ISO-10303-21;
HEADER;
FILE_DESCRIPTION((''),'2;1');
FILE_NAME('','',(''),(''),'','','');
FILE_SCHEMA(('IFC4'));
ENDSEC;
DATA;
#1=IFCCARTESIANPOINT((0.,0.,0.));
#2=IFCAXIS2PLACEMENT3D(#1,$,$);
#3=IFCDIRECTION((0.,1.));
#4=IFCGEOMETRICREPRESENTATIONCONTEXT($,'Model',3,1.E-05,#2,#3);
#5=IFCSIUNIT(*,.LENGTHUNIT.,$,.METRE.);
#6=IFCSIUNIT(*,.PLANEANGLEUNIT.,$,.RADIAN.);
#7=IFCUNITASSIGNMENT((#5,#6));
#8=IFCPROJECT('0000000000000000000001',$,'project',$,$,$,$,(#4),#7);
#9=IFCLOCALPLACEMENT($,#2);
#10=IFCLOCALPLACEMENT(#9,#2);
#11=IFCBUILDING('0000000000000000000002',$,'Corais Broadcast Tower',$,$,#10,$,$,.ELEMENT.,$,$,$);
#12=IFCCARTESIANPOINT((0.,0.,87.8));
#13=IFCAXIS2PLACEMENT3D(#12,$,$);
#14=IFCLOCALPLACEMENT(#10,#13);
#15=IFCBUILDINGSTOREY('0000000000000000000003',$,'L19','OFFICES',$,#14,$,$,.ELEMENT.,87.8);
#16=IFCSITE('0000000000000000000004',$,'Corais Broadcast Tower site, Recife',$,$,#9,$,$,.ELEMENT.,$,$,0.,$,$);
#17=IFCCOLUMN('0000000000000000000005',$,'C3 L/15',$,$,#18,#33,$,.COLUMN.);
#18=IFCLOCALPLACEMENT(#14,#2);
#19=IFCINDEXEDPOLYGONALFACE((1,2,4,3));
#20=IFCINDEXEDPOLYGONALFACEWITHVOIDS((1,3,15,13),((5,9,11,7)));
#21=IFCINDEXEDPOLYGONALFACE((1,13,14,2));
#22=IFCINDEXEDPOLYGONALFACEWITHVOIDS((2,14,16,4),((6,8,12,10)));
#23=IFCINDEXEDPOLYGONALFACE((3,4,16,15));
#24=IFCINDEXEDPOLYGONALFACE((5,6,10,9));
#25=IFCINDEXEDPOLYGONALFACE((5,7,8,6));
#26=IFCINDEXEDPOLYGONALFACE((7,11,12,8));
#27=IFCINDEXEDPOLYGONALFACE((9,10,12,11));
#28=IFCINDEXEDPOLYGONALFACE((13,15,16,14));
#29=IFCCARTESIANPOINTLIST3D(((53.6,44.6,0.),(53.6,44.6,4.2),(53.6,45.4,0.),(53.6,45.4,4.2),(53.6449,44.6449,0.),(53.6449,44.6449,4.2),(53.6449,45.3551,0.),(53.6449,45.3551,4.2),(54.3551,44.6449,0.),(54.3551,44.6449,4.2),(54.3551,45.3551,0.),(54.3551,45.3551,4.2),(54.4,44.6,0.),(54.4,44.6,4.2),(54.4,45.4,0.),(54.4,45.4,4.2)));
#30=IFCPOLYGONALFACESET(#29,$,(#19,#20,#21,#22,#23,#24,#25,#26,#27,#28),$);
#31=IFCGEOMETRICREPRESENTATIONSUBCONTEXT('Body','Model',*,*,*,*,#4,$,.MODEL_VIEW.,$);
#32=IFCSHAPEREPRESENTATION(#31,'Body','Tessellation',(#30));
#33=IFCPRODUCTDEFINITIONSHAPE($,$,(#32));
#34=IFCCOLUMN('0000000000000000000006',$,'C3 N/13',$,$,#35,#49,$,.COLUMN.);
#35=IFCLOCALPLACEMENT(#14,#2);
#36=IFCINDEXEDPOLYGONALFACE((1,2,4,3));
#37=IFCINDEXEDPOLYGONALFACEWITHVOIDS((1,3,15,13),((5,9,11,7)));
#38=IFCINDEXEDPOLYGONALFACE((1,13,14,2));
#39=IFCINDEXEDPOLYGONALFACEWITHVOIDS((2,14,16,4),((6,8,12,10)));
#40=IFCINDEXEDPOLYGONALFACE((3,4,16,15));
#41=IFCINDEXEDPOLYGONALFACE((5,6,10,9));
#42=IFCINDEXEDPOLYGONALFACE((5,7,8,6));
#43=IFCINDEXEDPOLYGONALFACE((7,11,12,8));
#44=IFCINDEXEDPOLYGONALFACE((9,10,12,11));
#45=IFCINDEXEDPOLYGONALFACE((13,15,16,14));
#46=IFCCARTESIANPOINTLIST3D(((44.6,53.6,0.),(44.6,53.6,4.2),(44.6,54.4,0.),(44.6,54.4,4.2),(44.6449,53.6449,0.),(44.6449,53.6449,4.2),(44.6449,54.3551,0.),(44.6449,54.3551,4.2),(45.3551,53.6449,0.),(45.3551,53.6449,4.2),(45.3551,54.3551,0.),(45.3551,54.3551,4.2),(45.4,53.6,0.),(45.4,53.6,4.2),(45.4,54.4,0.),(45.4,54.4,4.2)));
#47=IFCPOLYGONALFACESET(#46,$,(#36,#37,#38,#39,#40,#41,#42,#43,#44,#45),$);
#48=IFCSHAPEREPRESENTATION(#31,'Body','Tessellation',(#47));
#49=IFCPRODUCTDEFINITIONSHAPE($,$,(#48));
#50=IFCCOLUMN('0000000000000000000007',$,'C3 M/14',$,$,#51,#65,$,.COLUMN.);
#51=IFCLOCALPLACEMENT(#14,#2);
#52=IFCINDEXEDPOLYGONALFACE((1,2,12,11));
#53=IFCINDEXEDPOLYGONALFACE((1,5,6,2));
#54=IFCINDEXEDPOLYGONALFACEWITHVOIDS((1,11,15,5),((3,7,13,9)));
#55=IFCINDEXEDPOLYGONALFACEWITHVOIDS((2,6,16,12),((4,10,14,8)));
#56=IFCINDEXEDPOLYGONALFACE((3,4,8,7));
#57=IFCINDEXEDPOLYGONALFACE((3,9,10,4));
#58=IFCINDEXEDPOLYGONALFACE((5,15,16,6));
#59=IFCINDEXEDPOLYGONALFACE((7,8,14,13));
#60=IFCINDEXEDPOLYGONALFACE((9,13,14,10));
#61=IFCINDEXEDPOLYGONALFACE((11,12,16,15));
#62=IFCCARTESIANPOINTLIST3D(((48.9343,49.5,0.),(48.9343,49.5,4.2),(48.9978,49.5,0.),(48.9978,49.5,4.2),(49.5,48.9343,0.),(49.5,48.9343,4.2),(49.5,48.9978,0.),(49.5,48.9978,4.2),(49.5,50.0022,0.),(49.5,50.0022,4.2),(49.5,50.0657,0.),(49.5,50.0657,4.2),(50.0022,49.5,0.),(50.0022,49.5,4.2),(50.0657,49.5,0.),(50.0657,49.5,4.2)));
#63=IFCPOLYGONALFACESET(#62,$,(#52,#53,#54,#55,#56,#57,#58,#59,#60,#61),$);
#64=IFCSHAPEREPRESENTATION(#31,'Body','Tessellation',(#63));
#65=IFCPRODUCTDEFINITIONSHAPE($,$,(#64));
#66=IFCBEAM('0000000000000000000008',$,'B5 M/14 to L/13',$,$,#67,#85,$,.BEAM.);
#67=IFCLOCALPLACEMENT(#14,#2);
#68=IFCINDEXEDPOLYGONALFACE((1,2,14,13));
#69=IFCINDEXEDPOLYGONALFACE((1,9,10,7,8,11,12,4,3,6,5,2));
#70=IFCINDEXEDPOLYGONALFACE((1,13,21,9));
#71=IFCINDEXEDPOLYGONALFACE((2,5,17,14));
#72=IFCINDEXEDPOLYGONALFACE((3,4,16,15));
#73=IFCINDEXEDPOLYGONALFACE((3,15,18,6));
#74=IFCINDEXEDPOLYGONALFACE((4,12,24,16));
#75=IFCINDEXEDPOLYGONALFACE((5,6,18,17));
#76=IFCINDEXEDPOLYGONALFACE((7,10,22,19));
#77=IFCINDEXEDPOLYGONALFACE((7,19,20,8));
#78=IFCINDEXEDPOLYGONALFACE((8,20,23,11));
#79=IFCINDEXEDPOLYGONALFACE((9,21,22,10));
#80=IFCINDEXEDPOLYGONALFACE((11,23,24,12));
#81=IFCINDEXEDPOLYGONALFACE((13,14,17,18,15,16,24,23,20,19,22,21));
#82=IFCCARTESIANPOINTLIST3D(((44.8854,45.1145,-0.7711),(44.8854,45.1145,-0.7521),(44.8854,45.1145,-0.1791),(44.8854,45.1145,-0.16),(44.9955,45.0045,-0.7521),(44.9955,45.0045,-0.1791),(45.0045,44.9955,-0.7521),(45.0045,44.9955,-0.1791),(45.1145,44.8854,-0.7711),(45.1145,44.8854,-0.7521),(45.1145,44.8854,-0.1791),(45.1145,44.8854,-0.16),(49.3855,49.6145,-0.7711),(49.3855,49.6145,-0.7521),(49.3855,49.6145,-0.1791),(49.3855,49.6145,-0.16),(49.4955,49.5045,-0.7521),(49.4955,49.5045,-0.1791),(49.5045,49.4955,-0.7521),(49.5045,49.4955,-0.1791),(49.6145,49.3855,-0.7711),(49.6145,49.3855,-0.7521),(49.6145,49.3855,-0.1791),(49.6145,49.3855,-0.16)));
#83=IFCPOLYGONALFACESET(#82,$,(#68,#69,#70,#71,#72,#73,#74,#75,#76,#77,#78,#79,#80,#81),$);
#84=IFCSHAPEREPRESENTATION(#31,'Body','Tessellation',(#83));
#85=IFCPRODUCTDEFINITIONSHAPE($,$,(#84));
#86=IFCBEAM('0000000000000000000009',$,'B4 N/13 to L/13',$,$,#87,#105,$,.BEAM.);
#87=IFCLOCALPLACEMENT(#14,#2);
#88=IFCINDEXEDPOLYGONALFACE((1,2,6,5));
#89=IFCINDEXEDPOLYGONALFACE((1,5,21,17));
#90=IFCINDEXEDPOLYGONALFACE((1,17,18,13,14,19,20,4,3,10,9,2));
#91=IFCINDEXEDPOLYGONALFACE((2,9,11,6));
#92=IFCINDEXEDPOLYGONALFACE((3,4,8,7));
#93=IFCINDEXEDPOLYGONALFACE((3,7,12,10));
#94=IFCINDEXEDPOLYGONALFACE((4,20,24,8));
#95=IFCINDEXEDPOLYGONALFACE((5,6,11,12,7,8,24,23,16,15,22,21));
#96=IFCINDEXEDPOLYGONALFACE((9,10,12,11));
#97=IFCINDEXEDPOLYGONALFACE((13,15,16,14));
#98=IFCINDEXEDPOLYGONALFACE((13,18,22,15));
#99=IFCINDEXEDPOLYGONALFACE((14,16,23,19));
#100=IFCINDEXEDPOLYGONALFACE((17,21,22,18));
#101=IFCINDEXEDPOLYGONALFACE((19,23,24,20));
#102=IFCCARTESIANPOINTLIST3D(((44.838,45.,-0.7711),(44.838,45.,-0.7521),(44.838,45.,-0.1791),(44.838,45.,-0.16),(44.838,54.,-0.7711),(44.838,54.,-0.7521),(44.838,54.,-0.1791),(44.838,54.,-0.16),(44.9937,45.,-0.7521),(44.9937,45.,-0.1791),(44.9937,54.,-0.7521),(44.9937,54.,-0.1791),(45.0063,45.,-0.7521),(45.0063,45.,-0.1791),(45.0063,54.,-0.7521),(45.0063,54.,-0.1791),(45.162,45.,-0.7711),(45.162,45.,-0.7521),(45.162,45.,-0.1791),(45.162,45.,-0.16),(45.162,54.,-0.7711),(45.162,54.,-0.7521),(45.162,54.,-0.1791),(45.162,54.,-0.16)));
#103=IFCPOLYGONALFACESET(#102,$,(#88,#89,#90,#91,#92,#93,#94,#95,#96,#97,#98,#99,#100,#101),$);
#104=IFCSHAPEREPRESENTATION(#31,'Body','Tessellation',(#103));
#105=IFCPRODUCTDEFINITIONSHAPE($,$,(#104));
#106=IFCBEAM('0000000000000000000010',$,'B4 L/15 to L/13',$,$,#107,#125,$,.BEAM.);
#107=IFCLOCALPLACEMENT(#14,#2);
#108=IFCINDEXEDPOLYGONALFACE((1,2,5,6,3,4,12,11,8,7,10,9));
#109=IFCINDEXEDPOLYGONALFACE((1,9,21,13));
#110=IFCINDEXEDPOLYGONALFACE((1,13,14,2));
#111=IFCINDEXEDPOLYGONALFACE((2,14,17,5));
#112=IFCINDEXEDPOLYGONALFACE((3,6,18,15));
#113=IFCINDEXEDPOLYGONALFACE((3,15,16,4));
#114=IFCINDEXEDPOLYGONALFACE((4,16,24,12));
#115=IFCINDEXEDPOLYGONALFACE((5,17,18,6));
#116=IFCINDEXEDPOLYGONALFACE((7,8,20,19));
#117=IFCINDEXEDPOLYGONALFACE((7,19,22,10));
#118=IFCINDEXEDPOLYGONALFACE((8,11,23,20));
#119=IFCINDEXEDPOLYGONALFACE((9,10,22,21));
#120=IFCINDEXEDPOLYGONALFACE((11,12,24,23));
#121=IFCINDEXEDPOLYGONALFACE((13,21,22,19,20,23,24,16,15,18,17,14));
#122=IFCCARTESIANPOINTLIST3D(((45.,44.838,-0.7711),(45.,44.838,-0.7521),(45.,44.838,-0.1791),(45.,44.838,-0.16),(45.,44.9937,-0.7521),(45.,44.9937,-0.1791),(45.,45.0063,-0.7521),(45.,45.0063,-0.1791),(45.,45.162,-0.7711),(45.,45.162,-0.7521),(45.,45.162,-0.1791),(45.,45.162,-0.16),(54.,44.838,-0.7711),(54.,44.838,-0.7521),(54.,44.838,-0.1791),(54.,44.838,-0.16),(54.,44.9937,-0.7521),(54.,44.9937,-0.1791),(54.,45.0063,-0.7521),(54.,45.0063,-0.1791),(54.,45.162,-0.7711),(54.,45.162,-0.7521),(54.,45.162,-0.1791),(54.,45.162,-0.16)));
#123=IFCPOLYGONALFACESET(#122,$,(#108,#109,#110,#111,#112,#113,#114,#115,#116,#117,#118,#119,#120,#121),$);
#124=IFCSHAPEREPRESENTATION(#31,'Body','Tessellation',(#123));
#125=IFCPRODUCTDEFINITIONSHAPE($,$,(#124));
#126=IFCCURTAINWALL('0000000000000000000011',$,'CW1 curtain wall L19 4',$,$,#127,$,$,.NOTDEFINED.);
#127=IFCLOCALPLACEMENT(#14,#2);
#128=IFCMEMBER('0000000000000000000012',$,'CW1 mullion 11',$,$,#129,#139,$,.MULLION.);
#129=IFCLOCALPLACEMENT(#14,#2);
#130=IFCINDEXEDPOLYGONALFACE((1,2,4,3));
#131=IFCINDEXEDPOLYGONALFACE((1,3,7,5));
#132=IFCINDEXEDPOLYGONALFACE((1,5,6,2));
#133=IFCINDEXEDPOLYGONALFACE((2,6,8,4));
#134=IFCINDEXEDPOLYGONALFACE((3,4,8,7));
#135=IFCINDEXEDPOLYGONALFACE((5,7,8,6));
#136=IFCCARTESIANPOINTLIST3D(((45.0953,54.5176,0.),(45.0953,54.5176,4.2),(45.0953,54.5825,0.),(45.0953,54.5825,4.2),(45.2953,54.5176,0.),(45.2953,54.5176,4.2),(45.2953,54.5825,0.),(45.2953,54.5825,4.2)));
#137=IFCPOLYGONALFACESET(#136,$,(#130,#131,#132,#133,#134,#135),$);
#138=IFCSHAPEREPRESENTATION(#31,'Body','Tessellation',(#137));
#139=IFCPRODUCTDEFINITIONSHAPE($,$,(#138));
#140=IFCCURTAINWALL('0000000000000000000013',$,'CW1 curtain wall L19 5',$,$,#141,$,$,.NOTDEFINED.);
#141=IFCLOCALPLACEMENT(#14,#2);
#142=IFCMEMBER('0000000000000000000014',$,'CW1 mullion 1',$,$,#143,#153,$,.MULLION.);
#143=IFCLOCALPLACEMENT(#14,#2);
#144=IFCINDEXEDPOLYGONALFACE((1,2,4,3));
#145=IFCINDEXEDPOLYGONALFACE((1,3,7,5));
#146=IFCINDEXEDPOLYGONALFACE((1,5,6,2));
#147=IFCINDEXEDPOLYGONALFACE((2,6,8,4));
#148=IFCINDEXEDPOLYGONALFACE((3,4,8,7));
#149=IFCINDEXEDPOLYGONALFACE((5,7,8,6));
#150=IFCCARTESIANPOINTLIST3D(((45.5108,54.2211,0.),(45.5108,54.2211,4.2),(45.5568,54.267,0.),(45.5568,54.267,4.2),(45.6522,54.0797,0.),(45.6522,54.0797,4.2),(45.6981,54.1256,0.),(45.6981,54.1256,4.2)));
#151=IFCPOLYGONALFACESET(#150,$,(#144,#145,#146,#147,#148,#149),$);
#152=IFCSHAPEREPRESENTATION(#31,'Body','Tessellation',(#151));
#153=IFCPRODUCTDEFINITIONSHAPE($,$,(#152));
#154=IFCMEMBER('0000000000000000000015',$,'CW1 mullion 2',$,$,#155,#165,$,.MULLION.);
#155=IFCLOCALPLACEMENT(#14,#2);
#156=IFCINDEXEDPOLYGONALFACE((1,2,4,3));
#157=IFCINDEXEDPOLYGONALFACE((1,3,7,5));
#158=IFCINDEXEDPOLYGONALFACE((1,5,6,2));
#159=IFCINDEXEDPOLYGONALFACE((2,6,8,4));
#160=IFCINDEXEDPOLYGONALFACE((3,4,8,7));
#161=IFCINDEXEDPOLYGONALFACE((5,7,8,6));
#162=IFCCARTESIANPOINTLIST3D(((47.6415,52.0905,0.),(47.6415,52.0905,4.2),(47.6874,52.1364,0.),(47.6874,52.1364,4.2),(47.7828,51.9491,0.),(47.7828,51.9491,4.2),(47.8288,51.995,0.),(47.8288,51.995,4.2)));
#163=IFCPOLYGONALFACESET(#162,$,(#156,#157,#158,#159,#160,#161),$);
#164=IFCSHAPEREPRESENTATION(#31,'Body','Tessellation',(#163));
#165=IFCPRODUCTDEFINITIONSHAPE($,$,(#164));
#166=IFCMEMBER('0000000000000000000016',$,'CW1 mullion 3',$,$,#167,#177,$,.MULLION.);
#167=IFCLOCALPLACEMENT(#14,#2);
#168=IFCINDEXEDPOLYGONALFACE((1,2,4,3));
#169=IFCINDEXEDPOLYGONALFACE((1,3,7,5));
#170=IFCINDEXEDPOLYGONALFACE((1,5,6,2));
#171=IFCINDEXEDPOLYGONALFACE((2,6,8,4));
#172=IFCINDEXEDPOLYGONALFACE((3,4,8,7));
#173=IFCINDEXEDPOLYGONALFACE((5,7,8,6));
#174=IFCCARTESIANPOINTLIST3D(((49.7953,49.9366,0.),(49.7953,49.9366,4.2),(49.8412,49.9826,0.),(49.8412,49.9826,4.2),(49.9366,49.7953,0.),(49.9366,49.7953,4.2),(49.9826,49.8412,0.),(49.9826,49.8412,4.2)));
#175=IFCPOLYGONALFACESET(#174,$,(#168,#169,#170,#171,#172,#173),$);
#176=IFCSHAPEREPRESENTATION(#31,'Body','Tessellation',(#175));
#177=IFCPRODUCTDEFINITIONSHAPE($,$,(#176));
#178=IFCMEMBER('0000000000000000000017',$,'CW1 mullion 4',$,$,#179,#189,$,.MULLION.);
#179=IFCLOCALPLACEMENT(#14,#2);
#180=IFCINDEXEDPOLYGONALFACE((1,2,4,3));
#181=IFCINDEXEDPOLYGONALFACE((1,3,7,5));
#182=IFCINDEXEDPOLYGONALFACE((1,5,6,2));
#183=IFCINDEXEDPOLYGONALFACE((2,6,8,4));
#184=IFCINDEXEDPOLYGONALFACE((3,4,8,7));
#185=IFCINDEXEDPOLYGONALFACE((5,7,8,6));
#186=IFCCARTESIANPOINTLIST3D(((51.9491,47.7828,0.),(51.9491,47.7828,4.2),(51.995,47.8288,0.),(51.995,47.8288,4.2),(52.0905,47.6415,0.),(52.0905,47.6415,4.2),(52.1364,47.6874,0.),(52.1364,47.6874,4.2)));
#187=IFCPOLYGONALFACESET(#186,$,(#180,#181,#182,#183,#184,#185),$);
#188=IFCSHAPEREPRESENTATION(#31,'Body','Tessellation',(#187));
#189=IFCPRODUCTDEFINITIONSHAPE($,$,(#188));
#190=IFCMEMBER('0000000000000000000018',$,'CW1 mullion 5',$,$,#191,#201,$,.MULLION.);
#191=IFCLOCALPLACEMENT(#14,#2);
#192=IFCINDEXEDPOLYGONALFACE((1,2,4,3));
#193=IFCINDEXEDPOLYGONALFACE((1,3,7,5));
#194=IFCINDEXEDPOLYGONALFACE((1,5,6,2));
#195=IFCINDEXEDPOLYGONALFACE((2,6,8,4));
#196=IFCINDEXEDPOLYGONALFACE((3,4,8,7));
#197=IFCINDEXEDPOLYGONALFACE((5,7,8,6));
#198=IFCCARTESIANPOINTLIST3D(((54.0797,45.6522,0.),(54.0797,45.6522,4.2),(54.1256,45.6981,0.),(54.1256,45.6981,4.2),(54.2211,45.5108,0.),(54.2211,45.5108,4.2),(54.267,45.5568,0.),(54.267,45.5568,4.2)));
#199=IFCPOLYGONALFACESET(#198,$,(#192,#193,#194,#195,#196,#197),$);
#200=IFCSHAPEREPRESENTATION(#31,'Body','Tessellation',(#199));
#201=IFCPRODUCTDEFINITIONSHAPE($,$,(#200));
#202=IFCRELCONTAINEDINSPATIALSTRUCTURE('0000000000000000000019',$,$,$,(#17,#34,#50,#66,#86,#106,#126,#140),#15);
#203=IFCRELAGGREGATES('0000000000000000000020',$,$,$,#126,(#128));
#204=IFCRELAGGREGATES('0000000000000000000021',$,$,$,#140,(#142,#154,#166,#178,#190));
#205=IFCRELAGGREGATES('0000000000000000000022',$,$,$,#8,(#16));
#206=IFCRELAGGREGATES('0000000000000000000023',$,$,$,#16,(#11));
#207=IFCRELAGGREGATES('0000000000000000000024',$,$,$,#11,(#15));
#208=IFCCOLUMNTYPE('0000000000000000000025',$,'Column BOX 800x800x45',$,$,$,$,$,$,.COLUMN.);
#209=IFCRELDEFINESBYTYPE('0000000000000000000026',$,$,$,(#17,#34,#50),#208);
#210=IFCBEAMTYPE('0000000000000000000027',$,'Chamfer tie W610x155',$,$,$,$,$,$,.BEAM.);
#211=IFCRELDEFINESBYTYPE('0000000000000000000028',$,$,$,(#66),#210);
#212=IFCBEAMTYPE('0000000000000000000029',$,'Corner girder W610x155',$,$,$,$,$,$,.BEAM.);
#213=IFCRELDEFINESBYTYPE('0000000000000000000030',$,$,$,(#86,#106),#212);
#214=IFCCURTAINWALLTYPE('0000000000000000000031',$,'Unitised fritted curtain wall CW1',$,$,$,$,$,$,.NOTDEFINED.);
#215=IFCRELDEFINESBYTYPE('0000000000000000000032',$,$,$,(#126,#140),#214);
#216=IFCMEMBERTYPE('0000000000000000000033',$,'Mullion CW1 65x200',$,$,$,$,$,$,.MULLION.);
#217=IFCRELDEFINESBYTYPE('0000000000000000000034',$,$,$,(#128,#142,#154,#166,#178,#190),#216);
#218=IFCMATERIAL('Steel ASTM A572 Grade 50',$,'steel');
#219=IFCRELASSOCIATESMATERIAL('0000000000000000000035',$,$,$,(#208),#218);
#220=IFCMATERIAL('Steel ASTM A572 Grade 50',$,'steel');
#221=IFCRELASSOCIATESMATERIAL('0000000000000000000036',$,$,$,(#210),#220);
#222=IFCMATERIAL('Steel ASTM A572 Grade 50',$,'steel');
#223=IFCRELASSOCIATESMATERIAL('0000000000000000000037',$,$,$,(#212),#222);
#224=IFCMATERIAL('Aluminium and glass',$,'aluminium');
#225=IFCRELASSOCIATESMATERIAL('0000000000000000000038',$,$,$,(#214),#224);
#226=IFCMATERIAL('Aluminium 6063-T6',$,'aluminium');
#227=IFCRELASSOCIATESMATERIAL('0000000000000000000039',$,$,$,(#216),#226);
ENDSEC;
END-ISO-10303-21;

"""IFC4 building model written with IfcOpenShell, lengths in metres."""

from ifc_helpers import new_model, si_unit, direction, frame, origin, origin_2d, place, context, subcontext, project, spatial, rectangle, hollow_rectangle, i_section, extrude, material, material_profile, profile_set, type_object, element, aggregate, save


model = new_model("IFC4")

# Units and contexts
model_context = context("Model", 3, precision=1e-05, world=origin(), true_north=direction((0.0, 1.0)))
body_context = subcontext(model_context, "Body", "Model", "MODEL_VIEW")
ifc_project = project(units=[si_unit("LENGTHUNIT", "METRE"), si_unit("PLANEANGLEUNIT", "RADIAN")], contexts=[model_context])

# Site, building, storey
site_placement = place(None, origin())
site = spatial("IfcSite", under=ifc_project, at=site_placement, Name="Corais Broadcast Tower site, Recife", CompositionType="ELEMENT", RefElevation=0.0)
building_placement = place(site_placement, origin())
building = spatial("IfcBuilding", under=site, at=building_placement, Name="Corais Broadcast Tower", CompositionType="ELEMENT")
storey_placement = place(building_placement, frame((0.0, 0.0, 87.8)))
storey = spatial("IfcBuildingStorey", under=building, at=storey_placement, Name="L19", Description="OFFICES", CompositionType="ELEMENT", Elevation=87.8)

# Columns
ifc_material_1 = material(Name="Steel ASTM A572 Grade 50", Category="steel")
ifc_material_profile_1 = material_profile(ifc_material_1, hollow_rectangle(XDim=0.8, YDim=0.8, WallThickness=0.0449, at=origin_2d()), Name="BOX 800x800x45")
ifc_profile_set_1 = profile_set([ifc_material_profile_1], Name="Steel ASTM A572 Grade 50")
column_type = type_object("IfcColumnType", Name="Column BOX 800x800x45", PredefinedType="COLUMN", material=ifc_profile_set_1)
for number, where, z_axis, x_axis, name in (
    (1, (54.0, 45.0, 0.0), (0.0, 0.0, 1.0), (1.0, 0.0, 0.0), "C3 L/15"),
    (2, (45.0, 54.0, 0.0), (0.0, 0.0, 1.0), (1.0, 0.0, 0.0), "C3 N/13"),
    (3, (49.5, 49.5, 0.0), (0.0, 0.0, 1.0), (0.707107, 0.707107, 0.0), "C3 M/14"),
):
    element("IfcColumn", number, at=place(storey_placement, frame(where, z_axis=z_axis, x_axis=x_axis)), inside=storey, type_object=column_type, Name=name, PredefinedType="COLUMN", context=body_context, shape_type="SweptSolid", body=[
        extrude(hollow_rectangle(XDim=0.8, YDim=0.8, WallThickness=0.0449, at=origin_2d()), origin(), (0.0, 0.0, 1.0), 4.2),
    ])

# Beams
ifc_material_2 = material(Name="Steel ASTM A572 Grade 50", Category="steel")
ifc_material_profile_2 = material_profile(ifc_material_2, i_section(OverallWidth=0.324, OverallDepth=0.6111, WebThickness=0.0127, FlangeThickness=0.019, at=origin_2d()), Name="W610x155")
ifc_profile_set_2 = profile_set([ifc_material_profile_2], Name="Steel ASTM A572 Grade 50")
beam_type_1 = type_object("IfcBeamType", Name="Chamfer tie W610x155", PredefinedType="BEAM", material=ifc_profile_set_2)
beam_1_placement = place(storey_placement, frame((49.5, 49.5, -0.4656), z_axis=(-0.707107, -0.707107, 0.0), x_axis=(0.707107, -0.707107, 0.0)))
element("IfcBeam", 4, at=beam_1_placement, inside=storey, type_object=beam_type_1, Name="B5 M/14 to L/13", PredefinedType="BEAM", context=body_context, shape_type="SweptSolid", body=[
    extrude(i_section(OverallWidth=0.324, OverallDepth=0.6111, WebThickness=0.0127, FlangeThickness=0.019, at=origin_2d()), origin(), (0.0, 0.0, 1.0), 6.364),
])
ifc_material_3 = material(Name="Steel ASTM A572 Grade 50", Category="steel")
ifc_material_profile_3 = material_profile(ifc_material_3, i_section(OverallWidth=0.324, OverallDepth=0.6111, WebThickness=0.0127, FlangeThickness=0.019, at=origin_2d()), Name="W610x155")
ifc_profile_set_3 = profile_set([ifc_material_profile_3], Name="Steel ASTM A572 Grade 50")
beam_type_2 = type_object("IfcBeamType", Name="Corner girder W610x155", PredefinedType="BEAM", material=ifc_profile_set_3)
for number, where, z_axis, x_axis, name in (
    (5, (45.0, 54.0, -0.4656), (0.0, -1.0, 0.0), (1.0, 0.0, 0.0), "B4 N/13 to L/13"),
    (6, (54.0, 45.0, -0.4656), (-1.0, 0.0, 0.0), (0.0, -1.0, 0.0), "B4 L/15 to L/13"),
):
    element("IfcBeam", number, at=place(storey_placement, frame(where, z_axis=z_axis, x_axis=x_axis)), inside=storey, type_object=beam_type_2, Name=name, PredefinedType="BEAM", context=body_context, shape_type="SweptSolid", body=[
        extrude(i_section(OverallWidth=0.324, OverallDepth=0.6111, WebThickness=0.0127, FlangeThickness=0.019, at=origin_2d()), origin(), (0.0, 0.0, 1.0), 9.0),
    ])

# Curtain wall, member
ifc_material_4 = material(Name="Aluminium and glass", Category="aluminium")
curtain_wall_type = type_object("IfcCurtainWallType", Name="Unitised fritted curtain wall CW1", PredefinedType="NOTDEFINED", material=ifc_material_4)
curtain_wall_1_placement = place(storey_placement, origin())
curtain_wall_1 = element("IfcCurtainWall", 7, at=curtain_wall_1_placement, inside=storey, type_object=curtain_wall_type, Name="CW1 curtain wall L19 4", PredefinedType="NOTDEFINED")
ifc_material_5 = material(Name="Aluminium 6063-T6", Category="aluminium")
ifc_material_profile_4 = material_profile(ifc_material_5, rectangle(XDim=0.0649, YDim=0.2, at=origin_2d()), Name="Mullion CW1 65x200")
ifc_profile_set_4 = profile_set([ifc_material_profile_4], Name="Aluminium 6063-T6")
member_type_1 = type_object("IfcMemberType", Name="Mullion CW1 65x200", PredefinedType="MULLION", material=ifc_profile_set_4)
member_1_placement = place(storey_placement, frame((45.1953, 54.55, 0.0), z_axis=(0.0, 0.0, 1.0), x_axis=(0.0, 1.0, 0.0)))
member_1 = element("IfcMember", 8, at=member_1_placement, type_object=member_type_1, Name="CW1 mullion 11", PredefinedType="MULLION", context=body_context, shape_type="SweptSolid", body=[
    extrude(rectangle(XDim=0.0649, YDim=0.2, at=origin_2d()), origin(), (0.0, 0.0, 1.0), 4.2),
])
aggregate(curtain_wall_1, [member_1])

# Curtain wall, members
curtain_wall_2_placement = place(storey_placement, origin())
curtain_wall_2 = element("IfcCurtainWall", 9, at=curtain_wall_2_placement, inside=storey, type_object=curtain_wall_type, Name="CW1 curtain wall L19 5", PredefinedType="NOTDEFINED")
member_2_placement = place(storey_placement, frame((45.6045, 54.1733, 0.0), z_axis=(0.0, 0.0, 1.0), x_axis=(0.707107, 0.707107, 0.0)))
member_2 = element("IfcMember", 10, at=member_2_placement, type_object=member_type_1, Name="CW1 mullion 1", PredefinedType="MULLION", context=body_context, shape_type="SweptSolid", body=[
    extrude(rectangle(XDim=0.0649, YDim=0.2, at=origin_2d()), origin(), (0.0, 0.0, 1.0), 4.2),
])
member_3_placement = place(storey_placement, frame((47.7351, 52.0427, 0.0), z_axis=(0.0, 0.0, 1.0), x_axis=(0.707107, 0.707107, 0.0)))
member_3 = element("IfcMember", 11, at=member_3_placement, type_object=member_type_1, Name="CW1 mullion 2", PredefinedType="MULLION", context=body_context, shape_type="SweptSolid", body=[
    extrude(rectangle(XDim=0.0649, YDim=0.2, at=origin_2d()), origin(), (0.0, 0.0, 1.0), 4.2),
])
member_4_placement = place(storey_placement, frame((49.8889, 49.8889, 0.0), z_axis=(0.0, 0.0, 1.0), x_axis=(0.707107, 0.707107, 0.0)))
member_4 = element("IfcMember", 12, at=member_4_placement, type_object=member_type_1, Name="CW1 mullion 3", PredefinedType="MULLION", context=body_context, shape_type="SweptSolid", body=[
    extrude(rectangle(XDim=0.0649, YDim=0.2, at=origin_2d()), origin(), (0.0, 0.0, 1.0), 4.2),
])
member_5_placement = place(storey_placement, frame((52.0427, 47.7351, 0.0), z_axis=(0.0, 0.0, 1.0), x_axis=(0.707107, 0.707107, 0.0)))
member_5 = element("IfcMember", 13, at=member_5_placement, type_object=member_type_1, Name="CW1 mullion 4", PredefinedType="MULLION", context=body_context, shape_type="SweptSolid", body=[
    extrude(rectangle(XDim=0.0649, YDim=0.2, at=origin_2d()), origin(), (0.0, 0.0, 1.0), 4.2),
])
member_6_placement = place(storey_placement, frame((54.1733, 45.6045, 0.0), z_axis=(0.0, 0.0, 1.0), x_axis=(0.707107, 0.707107, 0.0)))
member_6 = element("IfcMember", 14, at=member_6_placement, type_object=member_type_1, Name="CW1 mullion 5", PredefinedType="MULLION", context=body_context, shape_type="SweptSolid", body=[
    extrude(rectangle(XDim=0.0649, YDim=0.2, at=origin_2d()), origin(), (0.0, 0.0, 1.0), 4.2),
])

aggregate(curtain_wall_2, [member_2, member_3, member_4, member_5, member_6])

save(model, "model.ifc")
